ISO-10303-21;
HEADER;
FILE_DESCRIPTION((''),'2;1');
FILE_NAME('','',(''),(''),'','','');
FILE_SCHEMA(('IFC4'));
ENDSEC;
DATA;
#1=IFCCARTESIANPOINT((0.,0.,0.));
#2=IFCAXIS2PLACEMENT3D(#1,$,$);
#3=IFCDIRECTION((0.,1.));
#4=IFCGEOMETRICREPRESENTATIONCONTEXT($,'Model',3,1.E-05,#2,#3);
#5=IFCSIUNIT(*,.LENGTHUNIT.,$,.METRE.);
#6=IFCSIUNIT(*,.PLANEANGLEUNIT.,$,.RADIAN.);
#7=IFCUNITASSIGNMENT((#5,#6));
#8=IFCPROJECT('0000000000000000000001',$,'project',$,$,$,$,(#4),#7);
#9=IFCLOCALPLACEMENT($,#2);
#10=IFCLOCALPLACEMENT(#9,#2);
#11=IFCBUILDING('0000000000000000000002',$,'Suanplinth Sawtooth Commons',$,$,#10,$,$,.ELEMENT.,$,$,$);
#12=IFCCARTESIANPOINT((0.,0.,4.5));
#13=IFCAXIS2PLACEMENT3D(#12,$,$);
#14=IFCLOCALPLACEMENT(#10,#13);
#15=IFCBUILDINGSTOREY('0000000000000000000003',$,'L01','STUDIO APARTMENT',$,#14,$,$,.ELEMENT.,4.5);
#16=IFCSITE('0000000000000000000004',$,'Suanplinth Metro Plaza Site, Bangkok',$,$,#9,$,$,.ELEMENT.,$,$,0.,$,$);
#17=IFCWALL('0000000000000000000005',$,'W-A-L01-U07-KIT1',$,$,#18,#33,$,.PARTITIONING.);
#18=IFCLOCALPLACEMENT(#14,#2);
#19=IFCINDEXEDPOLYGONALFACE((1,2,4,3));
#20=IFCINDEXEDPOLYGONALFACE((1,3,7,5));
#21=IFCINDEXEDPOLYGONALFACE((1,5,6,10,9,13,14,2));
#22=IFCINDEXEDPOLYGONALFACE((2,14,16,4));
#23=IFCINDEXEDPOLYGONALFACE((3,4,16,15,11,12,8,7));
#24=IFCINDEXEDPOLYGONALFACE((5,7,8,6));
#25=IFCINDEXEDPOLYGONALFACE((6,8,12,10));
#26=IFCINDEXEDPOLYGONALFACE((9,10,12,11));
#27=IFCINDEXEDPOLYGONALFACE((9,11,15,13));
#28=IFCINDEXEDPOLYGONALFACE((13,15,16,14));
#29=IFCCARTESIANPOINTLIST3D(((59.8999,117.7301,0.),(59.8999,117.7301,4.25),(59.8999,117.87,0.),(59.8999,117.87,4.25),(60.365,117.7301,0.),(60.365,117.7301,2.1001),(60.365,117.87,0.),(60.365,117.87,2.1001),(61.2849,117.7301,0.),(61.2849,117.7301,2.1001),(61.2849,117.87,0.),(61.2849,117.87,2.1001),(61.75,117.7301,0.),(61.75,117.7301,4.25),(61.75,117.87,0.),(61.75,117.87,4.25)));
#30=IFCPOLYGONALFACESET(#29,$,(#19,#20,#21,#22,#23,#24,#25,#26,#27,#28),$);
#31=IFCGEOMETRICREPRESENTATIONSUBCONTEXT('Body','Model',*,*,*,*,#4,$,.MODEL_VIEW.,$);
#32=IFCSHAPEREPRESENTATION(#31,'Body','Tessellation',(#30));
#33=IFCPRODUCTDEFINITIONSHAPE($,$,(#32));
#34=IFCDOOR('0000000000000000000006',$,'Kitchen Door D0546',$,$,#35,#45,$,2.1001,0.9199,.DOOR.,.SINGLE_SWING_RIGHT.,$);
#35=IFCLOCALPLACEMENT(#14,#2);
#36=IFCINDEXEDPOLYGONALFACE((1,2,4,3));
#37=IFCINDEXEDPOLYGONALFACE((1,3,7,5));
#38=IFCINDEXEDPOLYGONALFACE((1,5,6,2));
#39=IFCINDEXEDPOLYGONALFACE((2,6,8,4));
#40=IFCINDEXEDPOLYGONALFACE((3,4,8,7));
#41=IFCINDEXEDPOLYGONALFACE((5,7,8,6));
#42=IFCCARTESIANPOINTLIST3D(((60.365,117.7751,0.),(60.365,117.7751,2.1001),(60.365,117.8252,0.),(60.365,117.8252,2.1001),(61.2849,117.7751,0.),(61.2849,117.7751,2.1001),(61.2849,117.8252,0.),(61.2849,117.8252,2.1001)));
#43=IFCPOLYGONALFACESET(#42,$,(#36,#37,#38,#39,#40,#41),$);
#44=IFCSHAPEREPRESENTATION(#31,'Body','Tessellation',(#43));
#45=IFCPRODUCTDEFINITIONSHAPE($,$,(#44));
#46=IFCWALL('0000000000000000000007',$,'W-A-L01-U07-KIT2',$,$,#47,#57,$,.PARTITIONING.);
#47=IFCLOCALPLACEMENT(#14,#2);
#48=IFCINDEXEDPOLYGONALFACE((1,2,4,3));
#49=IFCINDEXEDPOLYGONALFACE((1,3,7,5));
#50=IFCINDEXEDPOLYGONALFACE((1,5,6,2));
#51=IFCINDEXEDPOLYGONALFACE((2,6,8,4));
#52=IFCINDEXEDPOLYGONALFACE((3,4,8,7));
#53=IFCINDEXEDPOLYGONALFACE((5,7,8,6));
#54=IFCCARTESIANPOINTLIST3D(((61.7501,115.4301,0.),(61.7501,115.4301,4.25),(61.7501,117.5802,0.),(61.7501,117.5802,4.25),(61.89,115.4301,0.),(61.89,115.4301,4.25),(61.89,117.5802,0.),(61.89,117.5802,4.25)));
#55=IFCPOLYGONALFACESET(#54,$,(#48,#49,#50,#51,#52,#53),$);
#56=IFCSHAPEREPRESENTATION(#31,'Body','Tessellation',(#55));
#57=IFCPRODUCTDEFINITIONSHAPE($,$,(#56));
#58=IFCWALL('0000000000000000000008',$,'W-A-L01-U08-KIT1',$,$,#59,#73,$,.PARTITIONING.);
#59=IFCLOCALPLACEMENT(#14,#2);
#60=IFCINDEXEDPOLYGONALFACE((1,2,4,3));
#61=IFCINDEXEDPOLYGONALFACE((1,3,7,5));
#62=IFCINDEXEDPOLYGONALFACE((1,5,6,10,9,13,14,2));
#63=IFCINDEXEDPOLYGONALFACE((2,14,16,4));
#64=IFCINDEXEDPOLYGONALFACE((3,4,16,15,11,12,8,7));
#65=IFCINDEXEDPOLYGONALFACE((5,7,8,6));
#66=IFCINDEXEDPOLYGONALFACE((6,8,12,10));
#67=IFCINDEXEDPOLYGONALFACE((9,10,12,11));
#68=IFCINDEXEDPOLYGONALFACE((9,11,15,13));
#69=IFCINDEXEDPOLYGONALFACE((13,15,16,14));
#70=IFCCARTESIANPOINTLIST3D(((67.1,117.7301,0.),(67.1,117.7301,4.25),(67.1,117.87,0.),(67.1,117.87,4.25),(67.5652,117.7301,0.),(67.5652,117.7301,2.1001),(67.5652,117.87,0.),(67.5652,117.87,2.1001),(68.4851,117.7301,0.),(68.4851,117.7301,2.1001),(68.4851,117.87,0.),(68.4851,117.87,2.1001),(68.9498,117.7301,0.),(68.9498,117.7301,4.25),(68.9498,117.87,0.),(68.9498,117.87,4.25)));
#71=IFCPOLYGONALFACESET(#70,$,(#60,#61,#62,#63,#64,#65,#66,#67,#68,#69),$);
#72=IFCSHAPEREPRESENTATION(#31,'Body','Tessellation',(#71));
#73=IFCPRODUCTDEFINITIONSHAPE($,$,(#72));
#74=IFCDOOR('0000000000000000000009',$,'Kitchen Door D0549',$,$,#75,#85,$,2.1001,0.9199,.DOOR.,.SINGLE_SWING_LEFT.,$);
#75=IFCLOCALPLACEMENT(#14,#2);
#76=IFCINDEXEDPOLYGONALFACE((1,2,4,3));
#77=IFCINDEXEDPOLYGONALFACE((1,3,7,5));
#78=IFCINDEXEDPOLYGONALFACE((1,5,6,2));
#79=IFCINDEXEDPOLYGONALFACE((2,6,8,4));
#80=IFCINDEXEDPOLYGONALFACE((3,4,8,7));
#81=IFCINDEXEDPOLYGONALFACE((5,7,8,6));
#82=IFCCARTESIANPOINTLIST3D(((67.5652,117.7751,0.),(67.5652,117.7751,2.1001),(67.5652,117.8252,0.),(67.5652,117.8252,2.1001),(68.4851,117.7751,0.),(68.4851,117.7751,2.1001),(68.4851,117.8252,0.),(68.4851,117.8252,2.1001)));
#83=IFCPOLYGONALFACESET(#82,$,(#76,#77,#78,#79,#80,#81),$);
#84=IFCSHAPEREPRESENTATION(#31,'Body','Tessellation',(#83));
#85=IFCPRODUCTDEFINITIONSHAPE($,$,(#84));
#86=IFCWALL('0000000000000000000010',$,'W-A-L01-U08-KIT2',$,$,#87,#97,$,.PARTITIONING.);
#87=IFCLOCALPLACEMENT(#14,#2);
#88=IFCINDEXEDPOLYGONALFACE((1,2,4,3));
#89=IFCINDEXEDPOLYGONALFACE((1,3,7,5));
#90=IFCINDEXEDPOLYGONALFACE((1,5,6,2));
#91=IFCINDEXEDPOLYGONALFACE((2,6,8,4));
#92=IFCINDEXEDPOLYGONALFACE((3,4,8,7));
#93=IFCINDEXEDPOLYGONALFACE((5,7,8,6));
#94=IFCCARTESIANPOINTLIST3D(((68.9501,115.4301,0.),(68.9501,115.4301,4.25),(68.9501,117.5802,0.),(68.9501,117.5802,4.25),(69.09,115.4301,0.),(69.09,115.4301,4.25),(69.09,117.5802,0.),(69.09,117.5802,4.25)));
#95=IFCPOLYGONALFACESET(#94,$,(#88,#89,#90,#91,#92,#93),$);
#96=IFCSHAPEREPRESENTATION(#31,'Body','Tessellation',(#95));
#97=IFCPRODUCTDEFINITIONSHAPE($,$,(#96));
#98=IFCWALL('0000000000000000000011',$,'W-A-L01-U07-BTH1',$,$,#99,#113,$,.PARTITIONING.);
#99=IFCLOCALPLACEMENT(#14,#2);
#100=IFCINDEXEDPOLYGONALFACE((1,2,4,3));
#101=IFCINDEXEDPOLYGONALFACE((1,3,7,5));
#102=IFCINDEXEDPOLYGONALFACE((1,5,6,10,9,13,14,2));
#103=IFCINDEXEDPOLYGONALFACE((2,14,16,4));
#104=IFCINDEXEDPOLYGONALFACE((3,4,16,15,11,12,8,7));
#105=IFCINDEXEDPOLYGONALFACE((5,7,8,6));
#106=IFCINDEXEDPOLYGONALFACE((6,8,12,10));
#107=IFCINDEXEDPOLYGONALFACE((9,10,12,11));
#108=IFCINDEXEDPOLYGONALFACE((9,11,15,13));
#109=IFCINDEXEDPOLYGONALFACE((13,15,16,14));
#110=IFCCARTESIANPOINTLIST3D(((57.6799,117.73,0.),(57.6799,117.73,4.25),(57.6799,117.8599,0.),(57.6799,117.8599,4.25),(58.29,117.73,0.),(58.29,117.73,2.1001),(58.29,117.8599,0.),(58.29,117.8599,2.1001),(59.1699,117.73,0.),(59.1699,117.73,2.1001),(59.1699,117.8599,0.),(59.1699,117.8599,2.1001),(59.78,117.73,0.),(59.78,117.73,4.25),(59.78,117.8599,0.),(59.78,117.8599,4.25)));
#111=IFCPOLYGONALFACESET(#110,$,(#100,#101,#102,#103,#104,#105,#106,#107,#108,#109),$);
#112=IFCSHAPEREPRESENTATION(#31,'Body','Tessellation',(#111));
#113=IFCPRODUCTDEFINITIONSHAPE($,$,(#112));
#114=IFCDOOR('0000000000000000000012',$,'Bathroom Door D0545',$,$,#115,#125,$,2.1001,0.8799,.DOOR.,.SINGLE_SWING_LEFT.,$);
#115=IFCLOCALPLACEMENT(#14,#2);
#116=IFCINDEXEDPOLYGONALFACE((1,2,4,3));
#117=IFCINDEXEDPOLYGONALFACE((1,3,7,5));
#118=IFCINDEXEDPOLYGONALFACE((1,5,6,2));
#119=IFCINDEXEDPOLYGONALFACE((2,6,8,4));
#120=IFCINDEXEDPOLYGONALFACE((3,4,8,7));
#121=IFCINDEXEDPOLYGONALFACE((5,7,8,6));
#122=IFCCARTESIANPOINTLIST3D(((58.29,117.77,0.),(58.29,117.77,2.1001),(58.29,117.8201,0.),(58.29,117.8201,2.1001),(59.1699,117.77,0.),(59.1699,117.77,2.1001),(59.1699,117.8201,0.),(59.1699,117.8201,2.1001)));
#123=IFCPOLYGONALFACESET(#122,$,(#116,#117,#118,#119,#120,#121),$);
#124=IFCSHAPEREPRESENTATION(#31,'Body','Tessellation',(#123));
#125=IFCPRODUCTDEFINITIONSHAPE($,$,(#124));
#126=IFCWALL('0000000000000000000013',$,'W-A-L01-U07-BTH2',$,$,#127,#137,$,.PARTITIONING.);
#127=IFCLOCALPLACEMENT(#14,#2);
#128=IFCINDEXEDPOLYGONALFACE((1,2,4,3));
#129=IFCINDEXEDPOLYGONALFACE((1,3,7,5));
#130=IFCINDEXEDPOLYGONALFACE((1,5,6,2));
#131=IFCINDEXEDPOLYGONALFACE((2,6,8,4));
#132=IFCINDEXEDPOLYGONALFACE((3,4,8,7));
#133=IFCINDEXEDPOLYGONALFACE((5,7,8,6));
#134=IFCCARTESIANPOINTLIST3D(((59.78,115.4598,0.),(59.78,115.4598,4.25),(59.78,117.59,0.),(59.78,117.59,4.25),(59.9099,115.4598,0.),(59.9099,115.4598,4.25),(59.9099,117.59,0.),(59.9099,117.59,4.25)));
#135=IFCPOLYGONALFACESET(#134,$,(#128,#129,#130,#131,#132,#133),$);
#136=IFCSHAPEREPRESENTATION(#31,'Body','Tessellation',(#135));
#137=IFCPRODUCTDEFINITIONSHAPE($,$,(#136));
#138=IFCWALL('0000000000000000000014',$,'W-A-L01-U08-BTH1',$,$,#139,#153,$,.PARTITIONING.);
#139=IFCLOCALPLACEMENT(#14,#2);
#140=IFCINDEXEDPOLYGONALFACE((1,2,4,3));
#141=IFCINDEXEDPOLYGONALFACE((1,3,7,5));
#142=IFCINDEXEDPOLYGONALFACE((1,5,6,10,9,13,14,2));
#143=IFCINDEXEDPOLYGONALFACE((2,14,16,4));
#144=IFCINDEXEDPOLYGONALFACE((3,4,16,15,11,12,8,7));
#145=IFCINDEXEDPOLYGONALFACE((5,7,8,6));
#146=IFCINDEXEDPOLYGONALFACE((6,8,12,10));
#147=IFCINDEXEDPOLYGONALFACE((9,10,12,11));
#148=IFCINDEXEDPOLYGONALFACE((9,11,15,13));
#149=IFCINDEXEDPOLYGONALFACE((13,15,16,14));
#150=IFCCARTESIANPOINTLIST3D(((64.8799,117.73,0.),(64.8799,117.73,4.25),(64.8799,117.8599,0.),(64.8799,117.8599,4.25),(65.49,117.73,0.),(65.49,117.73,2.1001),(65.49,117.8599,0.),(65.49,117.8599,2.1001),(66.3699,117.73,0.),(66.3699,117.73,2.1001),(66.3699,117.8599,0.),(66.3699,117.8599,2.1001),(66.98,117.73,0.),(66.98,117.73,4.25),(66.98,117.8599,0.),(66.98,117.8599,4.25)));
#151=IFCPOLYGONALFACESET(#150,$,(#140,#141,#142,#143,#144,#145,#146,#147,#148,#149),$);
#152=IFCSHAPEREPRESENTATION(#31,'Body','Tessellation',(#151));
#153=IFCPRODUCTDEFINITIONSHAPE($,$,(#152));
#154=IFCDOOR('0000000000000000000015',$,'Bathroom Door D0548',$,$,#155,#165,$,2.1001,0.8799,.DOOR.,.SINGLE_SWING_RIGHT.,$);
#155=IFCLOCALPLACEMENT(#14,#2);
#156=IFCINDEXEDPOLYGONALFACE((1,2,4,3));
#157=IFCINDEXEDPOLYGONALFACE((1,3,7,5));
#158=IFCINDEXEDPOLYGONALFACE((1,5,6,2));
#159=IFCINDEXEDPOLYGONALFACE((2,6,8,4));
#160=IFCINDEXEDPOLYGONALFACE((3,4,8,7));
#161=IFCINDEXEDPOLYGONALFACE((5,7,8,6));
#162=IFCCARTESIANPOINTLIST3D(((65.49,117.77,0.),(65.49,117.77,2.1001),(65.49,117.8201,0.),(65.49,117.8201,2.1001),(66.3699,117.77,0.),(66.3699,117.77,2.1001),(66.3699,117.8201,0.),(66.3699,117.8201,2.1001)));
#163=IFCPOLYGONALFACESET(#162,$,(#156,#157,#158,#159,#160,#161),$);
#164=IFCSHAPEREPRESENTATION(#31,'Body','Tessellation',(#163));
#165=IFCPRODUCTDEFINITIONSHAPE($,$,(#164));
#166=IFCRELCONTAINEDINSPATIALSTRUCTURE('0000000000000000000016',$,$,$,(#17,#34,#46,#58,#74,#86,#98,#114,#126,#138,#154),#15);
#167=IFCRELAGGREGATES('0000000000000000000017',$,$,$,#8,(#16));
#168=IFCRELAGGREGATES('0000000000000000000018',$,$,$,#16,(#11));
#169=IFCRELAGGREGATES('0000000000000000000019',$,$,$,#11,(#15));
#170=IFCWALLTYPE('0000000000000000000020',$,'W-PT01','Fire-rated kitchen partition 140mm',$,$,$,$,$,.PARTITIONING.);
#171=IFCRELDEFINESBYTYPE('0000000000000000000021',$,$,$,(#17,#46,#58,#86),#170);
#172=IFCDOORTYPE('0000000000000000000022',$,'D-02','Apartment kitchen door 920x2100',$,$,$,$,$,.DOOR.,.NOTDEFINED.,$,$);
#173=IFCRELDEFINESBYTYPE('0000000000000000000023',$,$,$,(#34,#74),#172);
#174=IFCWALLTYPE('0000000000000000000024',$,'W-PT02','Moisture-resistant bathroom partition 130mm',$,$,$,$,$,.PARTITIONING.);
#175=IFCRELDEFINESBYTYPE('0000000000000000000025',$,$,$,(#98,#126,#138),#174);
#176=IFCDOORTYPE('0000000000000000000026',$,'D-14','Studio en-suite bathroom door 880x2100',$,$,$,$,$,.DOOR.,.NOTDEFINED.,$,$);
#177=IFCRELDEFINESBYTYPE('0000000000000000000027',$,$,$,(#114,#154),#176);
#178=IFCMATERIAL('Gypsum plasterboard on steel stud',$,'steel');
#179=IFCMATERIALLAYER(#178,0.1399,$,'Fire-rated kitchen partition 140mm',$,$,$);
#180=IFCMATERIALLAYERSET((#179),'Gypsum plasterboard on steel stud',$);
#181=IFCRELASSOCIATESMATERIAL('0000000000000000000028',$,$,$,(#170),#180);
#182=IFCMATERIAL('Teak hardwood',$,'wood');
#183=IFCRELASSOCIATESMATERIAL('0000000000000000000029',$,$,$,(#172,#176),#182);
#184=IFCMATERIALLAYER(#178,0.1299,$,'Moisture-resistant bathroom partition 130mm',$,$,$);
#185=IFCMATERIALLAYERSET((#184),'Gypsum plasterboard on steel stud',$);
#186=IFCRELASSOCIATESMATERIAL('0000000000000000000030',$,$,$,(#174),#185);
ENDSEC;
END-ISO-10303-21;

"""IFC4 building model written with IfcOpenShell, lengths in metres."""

from ifc_helpers import new_model, si_unit, direction, frame, frame_2d, origin, place, context, subcontext, project, spatial, rectangle, extrude, material, layer, layer_set, type_object, element, fill, save


model = new_model("IFC4")

# Units and contexts
model_context = context("Model", 3, precision=1e-05, world=origin(), true_north=direction((0.0, 1.0)))
body_context = subcontext(model_context, "Body", "Model", "MODEL_VIEW")
ifc_project = project(units=[si_unit("LENGTHUNIT", "METRE"), si_unit("PLANEANGLEUNIT", "RADIAN")], contexts=[model_context])

# Site, building, storey
site_placement = place(None, origin())
site = spatial("IfcSite", under=ifc_project, at=site_placement, Name="Suanplinth Metro Plaza Site, Bangkok", CompositionType="ELEMENT", RefElevation=0.0)
building_placement = place(site_placement, origin())
building = spatial("IfcBuilding", under=site, at=building_placement, Name="Suanplinth Sawtooth Commons", CompositionType="ELEMENT")
storey_placement = place(building_placement, frame((0.0, 0.0, 4.5)))
storey = spatial("IfcBuildingStorey", under=building, at=storey_placement, Name="L01", Description="STUDIO APARTMENT", CompositionType="ELEMENT", Elevation=4.5)

# Wall, opening, door
ifc_material_1 = material(Name="Gypsum plasterboard on steel stud", Category="steel")
ifc_layer_1 = layer(ifc_material_1, 0.1399, Name="Fire-rated kitchen partition 140mm")
ifc_layer_set_1 = layer_set([ifc_layer_1], Name="Gypsum plasterboard on steel stud")
wall_type_1 = type_object("IfcWallType", Name="W-PT01", Description="Fire-rated kitchen partition 140mm", PredefinedType="PARTITIONING", material=ifc_layer_set_1)
wall_1_placement = place(storey_placement, frame((59.8999, 117.8, 0.0), z_axis=(0.0, 0.0, 1.0), x_axis=(1.0, 0.0, 0.0)))
wall_1 = element("IfcWall", 1, at=wall_1_placement, inside=storey, type_object=wall_type_1, Name="W-A-L01-U07-KIT1", PredefinedType="PARTITIONING", context=body_context, shape_type="SweptSolid", body=[
    extrude(rectangle(XDim=1.8501, YDim=0.1399, at=frame_2d((0.925, 0.0))), origin(), (0.0, 0.0, 1.0), 4.25),
])
opening_1_placement = place(wall_1_placement, frame((0.4651, 0.0, 0.0)))
opening_1 = element("IfcOpeningElement", 2, at=opening_1_placement, cuts=wall_1, PredefinedType="OPENING", context=body_context, shape_type="SweptSolid", body=[
    extrude(rectangle(XDim=0.9199, YDim=2.1001, at=frame_2d((0.46, 1.05))), frame((0.0, 0.085, 0.0), z_axis=(0.0, -1.0, 0.0), x_axis=(1.0, 0.0, 0.0)), (0.0, 0.0, 1.0), 0.1697),
])
ifc_material_2 = material(Name="Teak hardwood", Category="wood")
door_type_1 = type_object("IfcDoorType", Name="D-02", Description="Apartment kitchen door 920x2100", OperationType="NOTDEFINED", PredefinedType="DOOR", material=ifc_material_2)
door_1_placement = place(opening_1_placement, frame((0.9199, 0.0, 0.0), z_axis=(0.0, 0.0, 1.0), x_axis=(-1.0, 0.0, 0.0)))
door_1 = element("IfcDoor", 3, at=door_1_placement, inside=storey, type_object=door_type_1, Name="Kitchen Door D0546", OperationType="SINGLE_SWING_RIGHT", OverallHeight=2.1001, OverallWidth=0.9199, PredefinedType="DOOR", context=body_context, shape_type="SweptSolid", body=[
    extrude(rectangle(XDim=0.9199, YDim=2.1001, at=frame_2d((0.46, 1.05))), frame((0.0, 0.0249, 0.0), z_axis=(0.0, -1.0, 0.0), x_axis=(1.0, 0.0, 0.0)), (0.0, 0.0, 1.0), 0.05),
])
fill(opening_1, door_1)

# Wall
wall_2_placement = place(storey_placement, frame((61.8201, 115.4299, 0.0), z_axis=(0.0, 0.0, 1.0), x_axis=(0.0, 1.0, 0.0)))
element("IfcWall", 4, at=wall_2_placement, inside=storey, type_object=wall_type_1, Name="W-A-L01-U07-KIT2", PredefinedType="PARTITIONING", context=body_context, shape_type="SweptSolid", body=[
    extrude(rectangle(XDim=2.1501, YDim=0.1399, at=frame_2d((1.0752, 0.0))), origin(), (0.0, 0.0, 1.0), 4.25),
])

# Wall, opening, door
wall_3_placement = place(storey_placement, frame((67.1001, 117.8, 0.0), z_axis=(0.0, 0.0, 1.0), x_axis=(1.0, 0.0, 0.0)))
wall_3 = element("IfcWall", 5, at=wall_3_placement, inside=storey, type_object=wall_type_1, Name="W-A-L01-U08-KIT1", PredefinedType="PARTITIONING", context=body_context, shape_type="SweptSolid", body=[
    extrude(rectangle(XDim=1.8499, YDim=0.1399, at=frame_2d((0.9248, 0.0))), origin(), (0.0, 0.0, 1.0), 4.25),
])
opening_2_placement = place(wall_3_placement, frame((0.4651, 0.0, 0.0)))
opening_2 = element("IfcOpeningElement", 6, at=opening_2_placement, cuts=wall_3, PredefinedType="OPENING", context=body_context, shape_type="SweptSolid", body=[
    extrude(rectangle(XDim=0.9199, YDim=2.1001, at=frame_2d((0.46, 1.05))), frame((0.0, 0.085, 0.0), z_axis=(0.0, -1.0, 0.0), x_axis=(1.0, 0.0, 0.0)), (0.0, 0.0, 1.0), 0.1697),
])
door_2_placement = place(opening_2_placement, frame((0.9199, 0.0, 0.0), z_axis=(0.0, 0.0, 1.0), x_axis=(-1.0, 0.0, 0.0)))
door_2 = element("IfcDoor", 7, at=door_2_placement, inside=storey, type_object=door_type_1, Name="Kitchen Door D0549", OperationType="SINGLE_SWING_LEFT", OverallHeight=2.1001, OverallWidth=0.9199, PredefinedType="DOOR", context=body_context, shape_type="SweptSolid", body=[
    extrude(rectangle(XDim=0.9199, YDim=2.1001, at=frame_2d((0.46, 1.05))), frame((0.0, 0.0249, 0.0), z_axis=(0.0, -1.0, 0.0), x_axis=(1.0, 0.0, 0.0)), (0.0, 0.0, 1.0), 0.05),
])
fill(opening_2, door_2)

# Wall
wall_4_placement = place(storey_placement, frame((69.02, 115.4299, 0.0), z_axis=(0.0, 0.0, 1.0), x_axis=(0.0, 1.0, 0.0)))
element("IfcWall", 8, at=wall_4_placement, inside=storey, type_object=wall_type_1, Name="W-A-L01-U08-KIT2", PredefinedType="PARTITIONING", context=body_context, shape_type="SweptSolid", body=[
    extrude(rectangle(XDim=2.1501, YDim=0.1399, at=frame_2d((1.0752, 0.0))), origin(), (0.0, 0.0, 1.0), 4.25),
])

# Wall, opening, door
ifc_layer_2 = layer(ifc_material_1, 0.1299, Name="Moisture-resistant bathroom partition 130mm")
ifc_layer_set_2 = layer_set([ifc_layer_2], Name="Gypsum plasterboard on steel stud")
wall_type_2 = type_object("IfcWallType", Name="W-PT02", Description="Moisture-resistant bathroom partition 130mm", PredefinedType="PARTITIONING", material=ifc_layer_set_2)
wall_5_placement = place(storey_placement, frame((57.6799, 117.7949, 0.0), z_axis=(0.0, 0.0, 1.0), x_axis=(1.0, 0.0, 0.0)))
wall_5 = element("IfcWall", 9, at=wall_5_placement, inside=storey, type_object=wall_type_2, Name="W-A-L01-U07-BTH1", PredefinedType="PARTITIONING", context=body_context, shape_type="SweptSolid", body=[
    extrude(rectangle(XDim=2.1001, YDim=0.1299, at=frame_2d((1.05, 0.0))), origin(), (0.0, 0.0, 1.0), 4.25),
])
opening_3_placement = place(wall_5_placement, frame((0.6101, 0.0, 0.0)))
opening_3 = element("IfcOpeningElement", 10, at=opening_3_placement, cuts=wall_5, PredefinedType="OPENING", context=body_context, shape_type="SweptSolid", body=[
    extrude(rectangle(XDim=0.8799, YDim=2.1001, at=frame_2d((0.4399, 1.05))), frame((0.0, 0.0798, 0.0), z_axis=(0.0, -1.0, 0.0), x_axis=(1.0, 0.0, 0.0)), (0.0, 0.0, 1.0), 0.1597),
])
door_type_2 = type_object("IfcDoorType", Name="D-14", Description="Studio en-suite bathroom door 880x2100", OperationType="NOTDEFINED", PredefinedType="DOOR", material=ifc_material_2)
door_3_placement = place(opening_3_placement, frame((0.8799, 0.0, 0.0), z_axis=(0.0, 0.0, 1.0), x_axis=(-1.0, 0.0, 0.0)))
door_3 = element("IfcDoor", 11, at=door_3_placement, inside=storey, type_object=door_type_2, Name="Bathroom Door D0545", OperationType="SINGLE_SWING_LEFT", OverallHeight=2.1001, OverallWidth=0.8799, PredefinedType="DOOR", context=body_context, shape_type="SweptSolid", body=[
    extrude(rectangle(XDim=0.8799, YDim=2.1001, at=frame_2d((0.4399, 1.05))), frame((0.0, 0.0249, 0.0), z_axis=(0.0, -1.0, 0.0), x_axis=(1.0, 0.0, 0.0)), (0.0, 0.0, 1.0), 0.05),
])
fill(opening_3, door_3)

# Wall
wall_6_placement = place(storey_placement, frame((59.845, 115.46, 0.0), z_axis=(0.0, 0.0, 1.0), x_axis=(0.0, 1.0, 0.0)))
element("IfcWall", 12, at=wall_6_placement, inside=storey, type_object=wall_type_2, Name="W-A-L01-U07-BTH2", PredefinedType="PARTITIONING", context=body_context, shape_type="SweptSolid", body=[
    extrude(rectangle(XDim=2.1301, YDim=0.1299, at=frame_2d((1.0649, 0.0))), origin(), (0.0, 0.0, 1.0), 4.25),
])

# Wall, opening, door
wall_7_placement = place(storey_placement, frame((64.8799, 117.7949, 0.0), z_axis=(0.0, 0.0, 1.0), x_axis=(1.0, 0.0, 0.0)))
wall_7 = element("IfcWall", 13, at=wall_7_placement, inside=storey, type_object=wall_type_2, Name="W-A-L01-U08-BTH1", PredefinedType="PARTITIONING", context=body_context, shape_type="SweptSolid", body=[
    extrude(rectangle(XDim=2.1001, YDim=0.1299, at=frame_2d((1.05, 0.0))), origin(), (0.0, 0.0, 1.0), 4.25),
])
opening_4_placement = place(wall_7_placement, frame((0.6101, 0.0, 0.0)))
opening_4 = element("IfcOpeningElement", 14, at=opening_4_placement, cuts=wall_7, PredefinedType="OPENING", context=body_context, shape_type="SweptSolid", body=[
    extrude(rectangle(XDim=0.8799, YDim=2.1001, at=frame_2d((0.4399, 1.05))), frame((0.0, 0.0798, 0.0), z_axis=(0.0, -1.0, 0.0), x_axis=(1.0, 0.0, 0.0)), (0.0, 0.0, 1.0), 0.1597),
])
door_4_placement = place(opening_4_placement, frame((0.8799, 0.0, 0.0), z_axis=(0.0, 0.0, 1.0), x_axis=(-1.0, 0.0, 0.0)))
door_4 = element("IfcDoor", 15, at=door_4_placement, inside=storey, type_object=door_type_2, Name="Bathroom Door D0548", OperationType="SINGLE_SWING_RIGHT", OverallHeight=2.1001, OverallWidth=0.8799, PredefinedType="DOOR", context=body_context, shape_type="SweptSolid", body=[
    extrude(rectangle(XDim=0.8799, YDim=2.1001, at=frame_2d((0.4399, 1.05))), frame((0.0, 0.0249, 0.0), z_axis=(0.0, -1.0, 0.0), x_axis=(1.0, 0.0, 0.0)), (0.0, 0.0, 1.0), 0.05),
])
fill(opening_4, door_4)

save(model, "model.ifc")
